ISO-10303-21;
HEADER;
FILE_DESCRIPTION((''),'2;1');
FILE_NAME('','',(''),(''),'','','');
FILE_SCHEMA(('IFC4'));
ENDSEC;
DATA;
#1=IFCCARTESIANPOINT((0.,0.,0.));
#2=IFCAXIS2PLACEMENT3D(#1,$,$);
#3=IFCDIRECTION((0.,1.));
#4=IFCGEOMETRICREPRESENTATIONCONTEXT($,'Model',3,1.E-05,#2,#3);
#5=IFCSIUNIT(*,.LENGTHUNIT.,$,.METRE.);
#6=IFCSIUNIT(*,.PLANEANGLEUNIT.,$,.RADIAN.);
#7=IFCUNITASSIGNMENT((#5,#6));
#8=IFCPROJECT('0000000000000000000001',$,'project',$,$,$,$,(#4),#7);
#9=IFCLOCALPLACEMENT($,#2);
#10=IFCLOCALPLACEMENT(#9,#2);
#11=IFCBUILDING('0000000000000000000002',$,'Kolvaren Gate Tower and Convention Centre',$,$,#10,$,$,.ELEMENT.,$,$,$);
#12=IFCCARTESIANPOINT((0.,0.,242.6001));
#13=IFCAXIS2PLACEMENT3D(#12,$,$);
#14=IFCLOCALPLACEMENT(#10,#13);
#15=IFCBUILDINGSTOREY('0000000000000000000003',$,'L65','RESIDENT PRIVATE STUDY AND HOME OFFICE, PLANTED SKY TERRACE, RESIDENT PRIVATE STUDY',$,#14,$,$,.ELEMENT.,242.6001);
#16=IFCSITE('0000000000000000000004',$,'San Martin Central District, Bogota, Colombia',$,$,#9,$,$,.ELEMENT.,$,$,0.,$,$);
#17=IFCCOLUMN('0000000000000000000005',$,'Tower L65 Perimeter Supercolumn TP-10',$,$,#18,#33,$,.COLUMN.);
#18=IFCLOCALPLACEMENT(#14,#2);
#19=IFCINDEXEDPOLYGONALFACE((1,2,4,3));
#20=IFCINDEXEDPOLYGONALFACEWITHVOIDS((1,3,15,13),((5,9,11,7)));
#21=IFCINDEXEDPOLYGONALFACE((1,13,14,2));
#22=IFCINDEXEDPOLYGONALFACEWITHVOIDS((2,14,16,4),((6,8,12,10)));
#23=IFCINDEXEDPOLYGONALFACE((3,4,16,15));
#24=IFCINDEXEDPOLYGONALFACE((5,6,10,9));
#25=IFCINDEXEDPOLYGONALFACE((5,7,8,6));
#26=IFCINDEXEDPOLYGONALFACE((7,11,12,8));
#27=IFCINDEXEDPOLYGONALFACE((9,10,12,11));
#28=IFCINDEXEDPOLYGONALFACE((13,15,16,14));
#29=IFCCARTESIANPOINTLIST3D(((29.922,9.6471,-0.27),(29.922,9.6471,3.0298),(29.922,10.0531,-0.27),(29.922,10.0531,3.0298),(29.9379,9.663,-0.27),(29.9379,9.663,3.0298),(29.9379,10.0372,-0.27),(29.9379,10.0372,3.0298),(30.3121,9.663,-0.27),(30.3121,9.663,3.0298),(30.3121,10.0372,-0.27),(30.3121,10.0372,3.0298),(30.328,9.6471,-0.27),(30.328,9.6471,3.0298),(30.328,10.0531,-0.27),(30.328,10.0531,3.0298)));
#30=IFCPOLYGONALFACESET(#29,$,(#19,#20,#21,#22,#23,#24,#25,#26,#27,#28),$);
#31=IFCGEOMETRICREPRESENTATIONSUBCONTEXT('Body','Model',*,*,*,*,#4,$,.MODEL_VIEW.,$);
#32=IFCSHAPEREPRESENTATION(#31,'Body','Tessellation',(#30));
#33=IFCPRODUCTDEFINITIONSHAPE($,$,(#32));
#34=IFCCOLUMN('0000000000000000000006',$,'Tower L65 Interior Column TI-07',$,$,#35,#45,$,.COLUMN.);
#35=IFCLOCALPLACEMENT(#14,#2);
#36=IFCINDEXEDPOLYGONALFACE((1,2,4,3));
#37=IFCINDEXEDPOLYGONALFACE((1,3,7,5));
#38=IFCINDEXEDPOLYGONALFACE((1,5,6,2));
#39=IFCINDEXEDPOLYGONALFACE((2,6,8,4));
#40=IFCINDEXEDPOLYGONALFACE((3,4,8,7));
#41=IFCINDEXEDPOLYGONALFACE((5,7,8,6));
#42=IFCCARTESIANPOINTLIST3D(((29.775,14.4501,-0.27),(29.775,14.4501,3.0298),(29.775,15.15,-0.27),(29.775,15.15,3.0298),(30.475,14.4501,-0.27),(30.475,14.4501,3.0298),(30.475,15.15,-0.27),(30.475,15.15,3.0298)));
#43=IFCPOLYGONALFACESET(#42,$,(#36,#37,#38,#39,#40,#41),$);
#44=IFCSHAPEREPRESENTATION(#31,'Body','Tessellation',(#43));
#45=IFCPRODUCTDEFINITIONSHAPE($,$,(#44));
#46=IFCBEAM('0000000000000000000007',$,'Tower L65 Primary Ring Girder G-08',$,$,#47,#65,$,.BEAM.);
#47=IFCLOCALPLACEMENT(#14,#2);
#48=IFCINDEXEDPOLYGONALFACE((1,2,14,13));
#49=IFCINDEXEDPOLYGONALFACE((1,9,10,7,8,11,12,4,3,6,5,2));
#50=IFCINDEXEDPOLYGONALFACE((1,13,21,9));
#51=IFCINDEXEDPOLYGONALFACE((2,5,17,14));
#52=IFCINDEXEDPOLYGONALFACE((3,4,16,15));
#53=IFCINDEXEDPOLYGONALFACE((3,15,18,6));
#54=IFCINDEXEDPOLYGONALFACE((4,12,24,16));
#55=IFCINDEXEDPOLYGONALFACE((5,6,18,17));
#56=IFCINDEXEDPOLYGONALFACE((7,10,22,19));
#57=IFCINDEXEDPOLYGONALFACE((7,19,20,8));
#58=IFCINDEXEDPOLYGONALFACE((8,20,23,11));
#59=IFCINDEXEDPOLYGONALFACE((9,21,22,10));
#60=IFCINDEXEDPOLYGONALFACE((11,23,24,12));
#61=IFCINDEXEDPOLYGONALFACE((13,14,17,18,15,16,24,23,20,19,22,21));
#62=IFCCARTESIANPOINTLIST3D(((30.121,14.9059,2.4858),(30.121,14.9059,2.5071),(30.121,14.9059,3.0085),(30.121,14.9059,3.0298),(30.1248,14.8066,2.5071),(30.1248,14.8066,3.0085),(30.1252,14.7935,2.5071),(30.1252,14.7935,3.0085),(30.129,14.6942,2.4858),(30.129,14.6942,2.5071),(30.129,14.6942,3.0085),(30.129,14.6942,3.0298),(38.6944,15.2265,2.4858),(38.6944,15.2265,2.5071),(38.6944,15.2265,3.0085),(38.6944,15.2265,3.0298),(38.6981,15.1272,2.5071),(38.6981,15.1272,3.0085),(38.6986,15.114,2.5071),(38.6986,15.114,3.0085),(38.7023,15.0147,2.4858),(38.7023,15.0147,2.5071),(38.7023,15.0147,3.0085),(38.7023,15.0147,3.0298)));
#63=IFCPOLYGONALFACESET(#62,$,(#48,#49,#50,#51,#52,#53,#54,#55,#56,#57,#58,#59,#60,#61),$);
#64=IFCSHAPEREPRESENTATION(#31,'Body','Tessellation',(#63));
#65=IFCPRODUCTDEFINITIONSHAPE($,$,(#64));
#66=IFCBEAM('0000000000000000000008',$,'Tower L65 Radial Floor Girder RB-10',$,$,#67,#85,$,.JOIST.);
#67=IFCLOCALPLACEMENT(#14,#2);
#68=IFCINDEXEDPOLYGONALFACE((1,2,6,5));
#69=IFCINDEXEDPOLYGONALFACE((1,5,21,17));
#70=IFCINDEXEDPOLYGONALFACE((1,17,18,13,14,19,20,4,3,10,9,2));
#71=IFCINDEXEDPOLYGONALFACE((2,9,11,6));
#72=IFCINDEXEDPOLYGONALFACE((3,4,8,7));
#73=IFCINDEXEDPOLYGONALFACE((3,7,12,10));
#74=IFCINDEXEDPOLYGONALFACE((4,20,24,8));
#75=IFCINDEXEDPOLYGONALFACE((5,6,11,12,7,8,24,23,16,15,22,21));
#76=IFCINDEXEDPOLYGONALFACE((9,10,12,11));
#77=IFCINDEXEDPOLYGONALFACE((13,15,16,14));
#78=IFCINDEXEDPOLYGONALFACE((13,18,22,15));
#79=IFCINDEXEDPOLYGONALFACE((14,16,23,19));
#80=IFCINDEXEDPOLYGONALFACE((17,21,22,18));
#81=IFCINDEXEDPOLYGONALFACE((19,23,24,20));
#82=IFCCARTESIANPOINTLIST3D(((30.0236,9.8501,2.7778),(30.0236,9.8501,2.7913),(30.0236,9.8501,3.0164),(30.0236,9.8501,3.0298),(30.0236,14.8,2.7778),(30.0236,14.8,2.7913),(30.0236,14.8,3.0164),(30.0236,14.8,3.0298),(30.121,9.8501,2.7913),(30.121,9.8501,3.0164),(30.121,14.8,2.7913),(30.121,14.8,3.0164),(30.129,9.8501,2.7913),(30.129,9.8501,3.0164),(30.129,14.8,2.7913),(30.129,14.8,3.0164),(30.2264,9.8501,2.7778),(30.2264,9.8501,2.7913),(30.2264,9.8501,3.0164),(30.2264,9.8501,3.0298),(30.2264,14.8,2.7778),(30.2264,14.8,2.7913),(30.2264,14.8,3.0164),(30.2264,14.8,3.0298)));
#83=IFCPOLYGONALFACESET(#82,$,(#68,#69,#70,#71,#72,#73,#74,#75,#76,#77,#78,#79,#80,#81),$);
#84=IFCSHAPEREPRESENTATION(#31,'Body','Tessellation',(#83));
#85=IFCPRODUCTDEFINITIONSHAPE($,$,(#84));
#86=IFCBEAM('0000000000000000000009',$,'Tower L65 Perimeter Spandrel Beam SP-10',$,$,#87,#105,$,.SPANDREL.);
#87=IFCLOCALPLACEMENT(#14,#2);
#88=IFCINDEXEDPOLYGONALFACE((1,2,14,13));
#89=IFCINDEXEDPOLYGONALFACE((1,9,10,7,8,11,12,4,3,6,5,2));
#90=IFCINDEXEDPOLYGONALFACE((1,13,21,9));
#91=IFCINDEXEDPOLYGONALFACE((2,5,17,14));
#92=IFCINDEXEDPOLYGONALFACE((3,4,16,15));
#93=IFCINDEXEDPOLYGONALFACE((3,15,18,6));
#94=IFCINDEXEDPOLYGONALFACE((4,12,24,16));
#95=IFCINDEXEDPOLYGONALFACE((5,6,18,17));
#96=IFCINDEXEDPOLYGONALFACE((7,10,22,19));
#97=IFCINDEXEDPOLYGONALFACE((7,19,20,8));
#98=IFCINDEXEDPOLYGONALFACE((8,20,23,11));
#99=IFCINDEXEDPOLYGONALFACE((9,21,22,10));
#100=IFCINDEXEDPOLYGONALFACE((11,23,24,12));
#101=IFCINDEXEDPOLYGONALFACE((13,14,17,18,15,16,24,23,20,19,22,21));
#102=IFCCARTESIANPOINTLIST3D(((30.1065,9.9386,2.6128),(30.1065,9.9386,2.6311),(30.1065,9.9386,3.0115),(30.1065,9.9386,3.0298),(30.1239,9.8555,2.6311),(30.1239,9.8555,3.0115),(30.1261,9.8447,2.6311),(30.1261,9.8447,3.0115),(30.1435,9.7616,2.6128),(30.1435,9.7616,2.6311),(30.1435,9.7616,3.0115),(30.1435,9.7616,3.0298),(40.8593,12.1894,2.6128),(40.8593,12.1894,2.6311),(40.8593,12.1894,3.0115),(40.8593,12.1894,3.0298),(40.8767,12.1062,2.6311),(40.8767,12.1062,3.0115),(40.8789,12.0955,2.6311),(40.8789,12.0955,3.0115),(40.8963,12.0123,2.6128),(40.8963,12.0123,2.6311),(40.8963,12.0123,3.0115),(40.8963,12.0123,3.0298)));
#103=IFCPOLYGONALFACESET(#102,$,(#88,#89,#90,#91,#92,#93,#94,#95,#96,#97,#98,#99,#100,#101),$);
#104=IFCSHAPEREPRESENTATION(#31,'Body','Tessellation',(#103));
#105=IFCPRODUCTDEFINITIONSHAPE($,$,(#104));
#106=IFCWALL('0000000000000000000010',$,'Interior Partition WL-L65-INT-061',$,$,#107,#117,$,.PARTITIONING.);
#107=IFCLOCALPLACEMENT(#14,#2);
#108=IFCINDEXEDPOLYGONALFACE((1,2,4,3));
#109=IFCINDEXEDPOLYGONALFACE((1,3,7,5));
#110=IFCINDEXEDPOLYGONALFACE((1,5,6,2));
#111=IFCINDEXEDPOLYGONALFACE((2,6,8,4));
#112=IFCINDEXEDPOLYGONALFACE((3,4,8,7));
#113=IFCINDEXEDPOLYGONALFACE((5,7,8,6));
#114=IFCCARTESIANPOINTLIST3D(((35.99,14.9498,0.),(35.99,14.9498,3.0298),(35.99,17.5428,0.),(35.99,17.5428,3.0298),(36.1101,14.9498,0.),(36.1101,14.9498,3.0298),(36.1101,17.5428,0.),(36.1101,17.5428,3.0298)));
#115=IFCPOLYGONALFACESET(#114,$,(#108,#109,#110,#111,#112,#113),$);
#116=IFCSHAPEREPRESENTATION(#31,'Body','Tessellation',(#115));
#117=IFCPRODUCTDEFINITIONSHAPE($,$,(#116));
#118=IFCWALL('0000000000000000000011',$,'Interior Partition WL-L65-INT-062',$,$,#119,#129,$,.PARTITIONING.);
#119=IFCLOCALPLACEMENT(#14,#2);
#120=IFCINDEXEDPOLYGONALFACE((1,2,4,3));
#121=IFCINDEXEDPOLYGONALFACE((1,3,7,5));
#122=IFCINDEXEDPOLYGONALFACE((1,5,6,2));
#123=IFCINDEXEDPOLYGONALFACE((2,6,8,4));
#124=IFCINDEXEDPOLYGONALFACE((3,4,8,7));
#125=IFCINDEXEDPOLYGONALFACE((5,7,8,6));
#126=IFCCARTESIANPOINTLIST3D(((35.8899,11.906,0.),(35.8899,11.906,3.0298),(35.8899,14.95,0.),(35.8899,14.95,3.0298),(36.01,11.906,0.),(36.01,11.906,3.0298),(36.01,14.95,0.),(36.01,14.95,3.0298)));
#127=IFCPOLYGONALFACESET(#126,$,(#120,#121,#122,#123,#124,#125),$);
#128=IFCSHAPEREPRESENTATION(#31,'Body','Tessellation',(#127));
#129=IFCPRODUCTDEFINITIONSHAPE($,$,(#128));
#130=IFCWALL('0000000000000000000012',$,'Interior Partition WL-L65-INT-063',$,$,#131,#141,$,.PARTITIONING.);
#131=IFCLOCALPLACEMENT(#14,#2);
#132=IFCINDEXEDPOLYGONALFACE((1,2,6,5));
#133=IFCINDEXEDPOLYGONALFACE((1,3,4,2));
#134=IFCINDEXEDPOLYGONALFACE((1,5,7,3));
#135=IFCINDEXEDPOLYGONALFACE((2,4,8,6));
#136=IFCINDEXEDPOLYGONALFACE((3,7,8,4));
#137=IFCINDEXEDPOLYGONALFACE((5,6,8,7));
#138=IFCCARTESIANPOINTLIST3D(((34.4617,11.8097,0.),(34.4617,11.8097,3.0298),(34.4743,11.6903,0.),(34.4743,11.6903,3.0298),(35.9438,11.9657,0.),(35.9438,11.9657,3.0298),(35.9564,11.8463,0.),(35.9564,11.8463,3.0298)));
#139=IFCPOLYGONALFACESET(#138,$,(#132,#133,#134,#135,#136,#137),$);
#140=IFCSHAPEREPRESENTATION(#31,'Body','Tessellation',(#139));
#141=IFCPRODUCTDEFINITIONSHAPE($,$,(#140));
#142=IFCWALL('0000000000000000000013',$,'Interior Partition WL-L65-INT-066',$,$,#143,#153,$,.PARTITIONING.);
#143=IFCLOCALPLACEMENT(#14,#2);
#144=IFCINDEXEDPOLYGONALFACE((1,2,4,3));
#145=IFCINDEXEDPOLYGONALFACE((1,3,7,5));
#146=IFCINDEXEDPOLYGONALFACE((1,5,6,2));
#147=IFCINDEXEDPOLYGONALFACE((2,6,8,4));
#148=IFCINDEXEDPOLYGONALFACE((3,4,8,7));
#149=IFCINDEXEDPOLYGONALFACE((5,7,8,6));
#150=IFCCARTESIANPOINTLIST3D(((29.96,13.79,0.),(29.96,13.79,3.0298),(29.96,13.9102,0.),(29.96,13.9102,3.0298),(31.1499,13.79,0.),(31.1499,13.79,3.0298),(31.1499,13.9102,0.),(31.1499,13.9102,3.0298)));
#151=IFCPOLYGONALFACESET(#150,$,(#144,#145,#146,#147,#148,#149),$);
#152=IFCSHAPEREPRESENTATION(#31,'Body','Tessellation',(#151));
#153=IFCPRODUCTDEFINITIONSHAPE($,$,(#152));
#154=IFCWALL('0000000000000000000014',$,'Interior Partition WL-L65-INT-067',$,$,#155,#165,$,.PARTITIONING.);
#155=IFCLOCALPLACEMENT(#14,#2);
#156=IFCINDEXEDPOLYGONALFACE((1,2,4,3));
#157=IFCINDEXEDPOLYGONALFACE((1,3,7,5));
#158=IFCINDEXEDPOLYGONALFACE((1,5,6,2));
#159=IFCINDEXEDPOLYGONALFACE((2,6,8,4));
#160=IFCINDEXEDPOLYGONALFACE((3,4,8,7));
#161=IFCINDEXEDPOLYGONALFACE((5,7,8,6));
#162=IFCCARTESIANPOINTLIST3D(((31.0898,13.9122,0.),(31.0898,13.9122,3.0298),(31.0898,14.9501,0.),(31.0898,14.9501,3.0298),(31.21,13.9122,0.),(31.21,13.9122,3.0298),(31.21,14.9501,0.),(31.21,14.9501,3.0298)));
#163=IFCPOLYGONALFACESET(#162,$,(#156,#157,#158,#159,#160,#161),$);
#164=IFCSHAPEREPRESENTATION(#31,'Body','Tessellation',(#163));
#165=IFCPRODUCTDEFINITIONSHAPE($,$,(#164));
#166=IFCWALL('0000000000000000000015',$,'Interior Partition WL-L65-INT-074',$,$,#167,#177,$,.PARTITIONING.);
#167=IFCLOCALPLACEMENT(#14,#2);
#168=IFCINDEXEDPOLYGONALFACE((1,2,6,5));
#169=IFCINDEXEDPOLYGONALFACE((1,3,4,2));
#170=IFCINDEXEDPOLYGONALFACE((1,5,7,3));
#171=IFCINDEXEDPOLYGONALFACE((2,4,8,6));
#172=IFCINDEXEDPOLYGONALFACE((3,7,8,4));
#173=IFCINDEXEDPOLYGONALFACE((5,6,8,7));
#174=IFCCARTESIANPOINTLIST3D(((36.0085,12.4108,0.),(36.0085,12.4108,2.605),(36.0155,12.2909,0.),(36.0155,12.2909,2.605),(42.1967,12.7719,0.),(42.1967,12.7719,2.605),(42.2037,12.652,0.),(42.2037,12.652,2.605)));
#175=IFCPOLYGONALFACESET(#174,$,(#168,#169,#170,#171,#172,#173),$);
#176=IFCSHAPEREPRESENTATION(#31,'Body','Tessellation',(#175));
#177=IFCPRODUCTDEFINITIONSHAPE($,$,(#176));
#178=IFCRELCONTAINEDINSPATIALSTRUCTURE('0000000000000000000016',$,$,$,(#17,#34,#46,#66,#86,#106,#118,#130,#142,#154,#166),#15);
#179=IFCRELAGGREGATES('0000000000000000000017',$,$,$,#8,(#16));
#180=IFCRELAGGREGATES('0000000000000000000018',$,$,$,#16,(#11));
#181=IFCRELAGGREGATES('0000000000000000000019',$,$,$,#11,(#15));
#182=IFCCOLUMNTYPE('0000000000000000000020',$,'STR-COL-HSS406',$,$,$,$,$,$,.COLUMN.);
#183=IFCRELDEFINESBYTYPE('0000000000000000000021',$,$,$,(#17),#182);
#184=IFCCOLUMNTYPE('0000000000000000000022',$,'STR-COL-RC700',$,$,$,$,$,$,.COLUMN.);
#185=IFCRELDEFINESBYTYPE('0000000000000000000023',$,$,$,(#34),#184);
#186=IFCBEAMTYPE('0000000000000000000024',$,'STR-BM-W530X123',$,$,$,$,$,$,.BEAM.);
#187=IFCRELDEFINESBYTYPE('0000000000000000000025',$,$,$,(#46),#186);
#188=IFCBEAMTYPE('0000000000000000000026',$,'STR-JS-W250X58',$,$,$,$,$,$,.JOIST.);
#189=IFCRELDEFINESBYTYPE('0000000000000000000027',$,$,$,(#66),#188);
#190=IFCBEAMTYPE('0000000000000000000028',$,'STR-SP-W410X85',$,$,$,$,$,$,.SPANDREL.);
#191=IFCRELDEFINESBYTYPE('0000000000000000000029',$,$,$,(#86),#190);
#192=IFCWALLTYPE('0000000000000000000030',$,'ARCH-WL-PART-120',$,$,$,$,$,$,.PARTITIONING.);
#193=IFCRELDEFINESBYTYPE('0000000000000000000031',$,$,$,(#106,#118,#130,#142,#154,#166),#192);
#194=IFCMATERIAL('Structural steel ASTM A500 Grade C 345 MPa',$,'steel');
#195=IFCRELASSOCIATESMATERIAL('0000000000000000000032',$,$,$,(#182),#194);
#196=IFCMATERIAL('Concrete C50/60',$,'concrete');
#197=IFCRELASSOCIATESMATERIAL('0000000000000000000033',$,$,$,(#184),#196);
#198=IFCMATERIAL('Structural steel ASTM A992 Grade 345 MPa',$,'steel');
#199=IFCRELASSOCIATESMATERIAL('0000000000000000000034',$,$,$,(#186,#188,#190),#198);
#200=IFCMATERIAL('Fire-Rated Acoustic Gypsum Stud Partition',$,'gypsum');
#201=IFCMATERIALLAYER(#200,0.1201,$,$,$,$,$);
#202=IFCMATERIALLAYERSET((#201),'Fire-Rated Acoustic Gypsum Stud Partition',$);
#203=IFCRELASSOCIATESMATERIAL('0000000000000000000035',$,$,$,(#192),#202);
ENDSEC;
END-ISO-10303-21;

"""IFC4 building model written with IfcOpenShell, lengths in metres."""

from ifc_helpers import new_model, si_unit, direction, frame, frame_2d, origin, origin_2d, place, context, subcontext, project, spatial, rectangle, hollow_rectangle, i_section, extrude, material, layer, layer_set, material_profile, profile_set, type_object, element, save


model = new_model("IFC4")

# Units and contexts
model_context = context("Model", 3, precision=1e-05, world=origin(), true_north=direction((0.0, 1.0)))
body_context = subcontext(model_context, "Body", "Model", "MODEL_VIEW")
ifc_project = project(units=[si_unit("LENGTHUNIT", "METRE"), si_unit("PLANEANGLEUNIT", "RADIAN")], contexts=[model_context])

# Site, building, storey
site_placement = place(None, origin())
site = spatial("IfcSite", under=ifc_project, at=site_placement, Name="San Martin Central District, Bogota, Colombia", CompositionType="ELEMENT", RefElevation=0.0)
building_placement = place(site_placement, origin())
building = spatial("IfcBuilding", under=site, at=building_placement, Name="Kolvaren Gate Tower and Convention Centre", CompositionType="ELEMENT")
storey_placement = place(building_placement, frame((0.0, 0.0, 242.6001)))
storey = spatial("IfcBuildingStorey", under=building, at=storey_placement, Name="L65", Description="RESIDENT PRIVATE STUDY AND HOME OFFICE, PLANTED SKY TERRACE, RESIDENT PRIVATE STUDY", CompositionType="ELEMENT", Elevation=242.6001)

# Columns
ifc_material_1 = material(Name="Structural steel ASTM A500 Grade C 345 MPa", Category="steel")
ifc_material_profile_1 = material_profile(ifc_material_1, hollow_rectangle(XDim=0.406, YDim=0.406, WallThickness=0.0159, at=origin_2d()), Name="HSS406X406X15.9")
ifc_profile_set_1 = profile_set([ifc_material_profile_1], Name="Structural steel ASTM A500 Grade C 345 MPa")
column_type_1 = type_object("IfcColumnType", Name="STR-COL-HSS406", PredefinedType="COLUMN", material=ifc_profile_set_1)
column_1_placement = place(storey_placement, frame((30.125, 9.8501, -0.27), z_axis=(0.0, 0.0, 1.0), x_axis=(1.0, 0.0, 0.0)))
element("IfcColumn", 1, at=column_1_placement, inside=storey, type_object=column_type_1, Name="Tower L65 Perimeter Supercolumn TP-10", PredefinedType="COLUMN", context=body_context, shape_type="SweptSolid", body=[
    extrude(hollow_rectangle(XDim=0.406, YDim=0.406, WallThickness=0.0159, at=origin_2d()), origin(), (0.0, 0.0, 1.0), 3.2998),
])
ifc_material_2 = material(Name="Concrete C50/60", Category="concrete")
ifc_material_profile_2 = material_profile(ifc_material_2, rectangle(XDim=0.7, YDim=0.7, at=origin_2d()), Name="RC-COL-700X700")
ifc_profile_set_2 = profile_set([ifc_material_profile_2], Name="Concrete C50/60")
column_type_2 = type_object("IfcColumnType", Name="STR-COL-RC700", PredefinedType="COLUMN", material=ifc_profile_set_2)
column_2_placement = place(storey_placement, frame((30.125, 14.8, -0.27), z_axis=(0.0, 0.0, 1.0), x_axis=(1.0, 0.0, 0.0)))
element("IfcColumn", 2, at=column_2_placement, inside=storey, type_object=column_type_2, Name="Tower L65 Interior Column TI-07", PredefinedType="COLUMN", context=body_context, shape_type="SweptSolid", body=[
    extrude(rectangle(XDim=0.7, YDim=0.7, at=origin_2d()), origin(), (0.0, 0.0, 1.0), 3.2998),
])

# Beams
ifc_material_3 = material(Name="Structural steel ASTM A992 Grade 345 MPa", Category="steel")
ifc_material_profile_3 = material_profile(ifc_material_3, i_section(OverallWidth=0.2119, OverallDepth=0.5439, WebThickness=0.0132, FlangeThickness=0.0212, at=origin_2d()), Name="W530X123")
ifc_profile_set_3 = profile_set([ifc_material_profile_3], Name="Structural steel ASTM A992 Grade 345 MPa")
beam_type_1 = type_object("IfcBeamType", Name="STR-BM-W530X123", PredefinedType="BEAM", material=ifc_profile_set_3)
beam_1_placement = place(storey_placement, frame((30.125, 14.8, 2.7578), z_axis=(0.999302, 0.037364, 0.0), x_axis=(-0.037364, 0.999302, 0.0)))
element("IfcBeam", 3, at=beam_1_placement, inside=storey, type_object=beam_type_1, Name="Tower L65 Primary Ring Girder G-08", PredefinedType="BEAM", context=body_context, shape_type="SweptSolid", body=[
    extrude(i_section(OverallWidth=0.2119, OverallDepth=0.5439, WebThickness=0.0132, FlangeThickness=0.0212, at=origin_2d()), origin(), (0.0, 0.0, 1.0), 8.5793),
])
ifc_material_profile_4 = material_profile(ifc_material_3, i_section(OverallWidth=0.2029, OverallDepth=0.252, WebThickness=0.0081, FlangeThickness=0.0134, at=origin_2d()), Name="W250X58")
ifc_profile_set_4 = profile_set([ifc_material_profile_4], Name="Structural steel ASTM A992 Grade 345 MPa")
beam_type_2 = type_object("IfcBeamType", Name="STR-JS-W250X58", PredefinedType="JOIST", material=ifc_profile_set_4)
beam_2_placement = place(storey_placement, frame((30.125, 14.8, 2.9038), z_axis=(0.0, -1.0, 0.0), x_axis=(1.0, 0.0, 0.0)))
element("IfcBeam", 4, at=beam_2_placement, inside=storey, type_object=beam_type_2, Name="Tower L65 Radial Floor Girder RB-10", PredefinedType="JOIST", context=body_context, shape_type="SweptSolid", body=[
    extrude(i_section(OverallWidth=0.2029, OverallDepth=0.252, WebThickness=0.0081, FlangeThickness=0.0134, at=origin_2d()), origin(), (0.0, 0.0, 1.0), 4.95),
])
ifc_material_profile_5 = material_profile(ifc_material_3, i_section(OverallWidth=0.1809, OverallDepth=0.417, WebThickness=0.011, FlangeThickness=0.0183, at=origin_2d()), Name="W410X85")
ifc_profile_set_5 = profile_set([ifc_material_profile_5], Name="Structural steel ASTM A992 Grade 345 MPa")
beam_type_3 = type_object("IfcBeamType", Name="STR-SP-W410X85", PredefinedType="SPANDREL", material=ifc_profile_set_5)
beam_3_placement = place(storey_placement, frame((30.125, 9.8501, 2.8213), z_axis=(0.978788, 0.204878, 0.0), x_axis=(-0.204878, 0.978788, 0.0)))
element("IfcBeam", 5, at=beam_3_placement, inside=storey, type_object=beam_type_3, Name="Tower L65 Perimeter Spandrel Beam SP-10", PredefinedType="SPANDREL", context=body_context, shape_type="SweptSolid", body=[
    extrude(i_section(OverallWidth=0.1809, OverallDepth=0.417, WebThickness=0.011, FlangeThickness=0.0183, at=origin_2d()), origin(), (0.0, 0.0, 1.0), 10.9858),
])

# Walls
ifc_material_4 = material(Name="Fire-Rated Acoustic Gypsum Stud Partition", Category="gypsum")
ifc_layer_1 = layer(ifc_material_4, 0.1201)
ifc_layer_set_1 = layer_set([ifc_layer_1], Name="Fire-Rated Acoustic Gypsum Stud Partition")
wall_type_1 = type_object("IfcWallType", Name="ARCH-WL-PART-120", PredefinedType="PARTITIONING", material=ifc_layer_set_1)
wall_1_placement = place(storey_placement, frame((36.05, 14.95, 0.0), z_axis=(0.0, 0.0, 1.0), x_axis=(0.0, 1.0, 0.0)))
element("IfcWall", 6, at=wall_1_placement, inside=storey, type_object=wall_type_1, Name="Interior Partition WL-L65-INT-061", PredefinedType="PARTITIONING", context=body_context, shape_type="SweptSolid", body=[
    extrude(rectangle(XDim=2.593, YDim=0.1201, at=frame_2d((1.2964, 0.0))), origin(), (0.0, 0.0, 1.0), 3.0298),
])
wall_2_placement = place(storey_placement, frame((35.95, 11.906, 0.0), z_axis=(0.0, 0.0, 1.0), x_axis=(0.0, 1.0, 0.0)))
element("IfcWall", 7, at=wall_2_placement, inside=storey, type_object=wall_type_1, Name="Interior Partition WL-L65-INT-062", PredefinedType="PARTITIONING", context=body_context, shape_type="SweptSolid", body=[
    extrude(rectangle(XDim=3.0439, YDim=0.1201, at=frame_2d((1.522, 0.0))), origin(), (0.0, 0.0, 1.0), 3.0298),
])
wall_3_placement = place(storey_placement, frame((34.468, 11.75, 0.0), z_axis=(0.0, 0.0, 1.0), x_axis=(0.994505, 0.104693, 0.0)))
element("IfcWall", 8, at=wall_3_placement, inside=storey, type_object=wall_type_1, Name="Interior Partition WL-L65-INT-063", PredefinedType="PARTITIONING", context=body_context, shape_type="SweptSolid", body=[
    extrude(rectangle(XDim=1.4902, YDim=0.1201, at=frame_2d((0.7451, 0.0))), origin(), (0.0, 0.0, 1.0), 3.0298),
])
wall_4_placement = place(storey_placement, frame((29.96, 13.8501, 0.0), z_axis=(0.0, 0.0, 1.0), x_axis=(1.0, 0.0, 0.0)))
element("IfcWall", 9, at=wall_4_placement, inside=storey, type_object=wall_type_1, Name="Interior Partition WL-L65-INT-066", PredefinedType="PARTITIONING", context=body_context, shape_type="SweptSolid", body=[
    extrude(rectangle(XDim=1.1899, YDim=0.1201, at=frame_2d((0.595, 0.0))), origin(), (0.0, 0.0, 1.0), 3.0298),
])
wall_5_placement = place(storey_placement, frame((31.1499, 13.9121, 0.0), z_axis=(0.0, 0.0, 1.0), x_axis=(0.0, 1.0, 0.0)))
element("IfcWall", 10, at=wall_5_placement, inside=storey, type_object=wall_type_1, Name="Interior Partition WL-L65-INT-067", PredefinedType="PARTITIONING", context=body_context, shape_type="SweptSolid", body=[
    extrude(rectangle(XDim=1.0378, YDim=0.1201, at=frame_2d((0.519, 0.0))), origin(), (0.0, 0.0, 1.0), 3.0298),
])
wall_6_placement = place(storey_placement, frame((36.012, 12.3508, 0.0), z_axis=(0.0, 0.0, 1.0), x_axis=(0.998302, 0.058251, 0.0)))
element("IfcWall", 11, at=wall_6_placement, inside=storey, type_object=wall_type_1, Name="Interior Partition WL-L65-INT-074", PredefinedType="PARTITIONING", context=body_context, shape_type="SweptSolid", body=[
    extrude(rectangle(XDim=6.1987, YDim=0.1201, at=frame_2d((3.0994, 0.0))), origin(), (0.0, 0.0, 1.0), 2.605),
])

save(model, "model.ifc")
